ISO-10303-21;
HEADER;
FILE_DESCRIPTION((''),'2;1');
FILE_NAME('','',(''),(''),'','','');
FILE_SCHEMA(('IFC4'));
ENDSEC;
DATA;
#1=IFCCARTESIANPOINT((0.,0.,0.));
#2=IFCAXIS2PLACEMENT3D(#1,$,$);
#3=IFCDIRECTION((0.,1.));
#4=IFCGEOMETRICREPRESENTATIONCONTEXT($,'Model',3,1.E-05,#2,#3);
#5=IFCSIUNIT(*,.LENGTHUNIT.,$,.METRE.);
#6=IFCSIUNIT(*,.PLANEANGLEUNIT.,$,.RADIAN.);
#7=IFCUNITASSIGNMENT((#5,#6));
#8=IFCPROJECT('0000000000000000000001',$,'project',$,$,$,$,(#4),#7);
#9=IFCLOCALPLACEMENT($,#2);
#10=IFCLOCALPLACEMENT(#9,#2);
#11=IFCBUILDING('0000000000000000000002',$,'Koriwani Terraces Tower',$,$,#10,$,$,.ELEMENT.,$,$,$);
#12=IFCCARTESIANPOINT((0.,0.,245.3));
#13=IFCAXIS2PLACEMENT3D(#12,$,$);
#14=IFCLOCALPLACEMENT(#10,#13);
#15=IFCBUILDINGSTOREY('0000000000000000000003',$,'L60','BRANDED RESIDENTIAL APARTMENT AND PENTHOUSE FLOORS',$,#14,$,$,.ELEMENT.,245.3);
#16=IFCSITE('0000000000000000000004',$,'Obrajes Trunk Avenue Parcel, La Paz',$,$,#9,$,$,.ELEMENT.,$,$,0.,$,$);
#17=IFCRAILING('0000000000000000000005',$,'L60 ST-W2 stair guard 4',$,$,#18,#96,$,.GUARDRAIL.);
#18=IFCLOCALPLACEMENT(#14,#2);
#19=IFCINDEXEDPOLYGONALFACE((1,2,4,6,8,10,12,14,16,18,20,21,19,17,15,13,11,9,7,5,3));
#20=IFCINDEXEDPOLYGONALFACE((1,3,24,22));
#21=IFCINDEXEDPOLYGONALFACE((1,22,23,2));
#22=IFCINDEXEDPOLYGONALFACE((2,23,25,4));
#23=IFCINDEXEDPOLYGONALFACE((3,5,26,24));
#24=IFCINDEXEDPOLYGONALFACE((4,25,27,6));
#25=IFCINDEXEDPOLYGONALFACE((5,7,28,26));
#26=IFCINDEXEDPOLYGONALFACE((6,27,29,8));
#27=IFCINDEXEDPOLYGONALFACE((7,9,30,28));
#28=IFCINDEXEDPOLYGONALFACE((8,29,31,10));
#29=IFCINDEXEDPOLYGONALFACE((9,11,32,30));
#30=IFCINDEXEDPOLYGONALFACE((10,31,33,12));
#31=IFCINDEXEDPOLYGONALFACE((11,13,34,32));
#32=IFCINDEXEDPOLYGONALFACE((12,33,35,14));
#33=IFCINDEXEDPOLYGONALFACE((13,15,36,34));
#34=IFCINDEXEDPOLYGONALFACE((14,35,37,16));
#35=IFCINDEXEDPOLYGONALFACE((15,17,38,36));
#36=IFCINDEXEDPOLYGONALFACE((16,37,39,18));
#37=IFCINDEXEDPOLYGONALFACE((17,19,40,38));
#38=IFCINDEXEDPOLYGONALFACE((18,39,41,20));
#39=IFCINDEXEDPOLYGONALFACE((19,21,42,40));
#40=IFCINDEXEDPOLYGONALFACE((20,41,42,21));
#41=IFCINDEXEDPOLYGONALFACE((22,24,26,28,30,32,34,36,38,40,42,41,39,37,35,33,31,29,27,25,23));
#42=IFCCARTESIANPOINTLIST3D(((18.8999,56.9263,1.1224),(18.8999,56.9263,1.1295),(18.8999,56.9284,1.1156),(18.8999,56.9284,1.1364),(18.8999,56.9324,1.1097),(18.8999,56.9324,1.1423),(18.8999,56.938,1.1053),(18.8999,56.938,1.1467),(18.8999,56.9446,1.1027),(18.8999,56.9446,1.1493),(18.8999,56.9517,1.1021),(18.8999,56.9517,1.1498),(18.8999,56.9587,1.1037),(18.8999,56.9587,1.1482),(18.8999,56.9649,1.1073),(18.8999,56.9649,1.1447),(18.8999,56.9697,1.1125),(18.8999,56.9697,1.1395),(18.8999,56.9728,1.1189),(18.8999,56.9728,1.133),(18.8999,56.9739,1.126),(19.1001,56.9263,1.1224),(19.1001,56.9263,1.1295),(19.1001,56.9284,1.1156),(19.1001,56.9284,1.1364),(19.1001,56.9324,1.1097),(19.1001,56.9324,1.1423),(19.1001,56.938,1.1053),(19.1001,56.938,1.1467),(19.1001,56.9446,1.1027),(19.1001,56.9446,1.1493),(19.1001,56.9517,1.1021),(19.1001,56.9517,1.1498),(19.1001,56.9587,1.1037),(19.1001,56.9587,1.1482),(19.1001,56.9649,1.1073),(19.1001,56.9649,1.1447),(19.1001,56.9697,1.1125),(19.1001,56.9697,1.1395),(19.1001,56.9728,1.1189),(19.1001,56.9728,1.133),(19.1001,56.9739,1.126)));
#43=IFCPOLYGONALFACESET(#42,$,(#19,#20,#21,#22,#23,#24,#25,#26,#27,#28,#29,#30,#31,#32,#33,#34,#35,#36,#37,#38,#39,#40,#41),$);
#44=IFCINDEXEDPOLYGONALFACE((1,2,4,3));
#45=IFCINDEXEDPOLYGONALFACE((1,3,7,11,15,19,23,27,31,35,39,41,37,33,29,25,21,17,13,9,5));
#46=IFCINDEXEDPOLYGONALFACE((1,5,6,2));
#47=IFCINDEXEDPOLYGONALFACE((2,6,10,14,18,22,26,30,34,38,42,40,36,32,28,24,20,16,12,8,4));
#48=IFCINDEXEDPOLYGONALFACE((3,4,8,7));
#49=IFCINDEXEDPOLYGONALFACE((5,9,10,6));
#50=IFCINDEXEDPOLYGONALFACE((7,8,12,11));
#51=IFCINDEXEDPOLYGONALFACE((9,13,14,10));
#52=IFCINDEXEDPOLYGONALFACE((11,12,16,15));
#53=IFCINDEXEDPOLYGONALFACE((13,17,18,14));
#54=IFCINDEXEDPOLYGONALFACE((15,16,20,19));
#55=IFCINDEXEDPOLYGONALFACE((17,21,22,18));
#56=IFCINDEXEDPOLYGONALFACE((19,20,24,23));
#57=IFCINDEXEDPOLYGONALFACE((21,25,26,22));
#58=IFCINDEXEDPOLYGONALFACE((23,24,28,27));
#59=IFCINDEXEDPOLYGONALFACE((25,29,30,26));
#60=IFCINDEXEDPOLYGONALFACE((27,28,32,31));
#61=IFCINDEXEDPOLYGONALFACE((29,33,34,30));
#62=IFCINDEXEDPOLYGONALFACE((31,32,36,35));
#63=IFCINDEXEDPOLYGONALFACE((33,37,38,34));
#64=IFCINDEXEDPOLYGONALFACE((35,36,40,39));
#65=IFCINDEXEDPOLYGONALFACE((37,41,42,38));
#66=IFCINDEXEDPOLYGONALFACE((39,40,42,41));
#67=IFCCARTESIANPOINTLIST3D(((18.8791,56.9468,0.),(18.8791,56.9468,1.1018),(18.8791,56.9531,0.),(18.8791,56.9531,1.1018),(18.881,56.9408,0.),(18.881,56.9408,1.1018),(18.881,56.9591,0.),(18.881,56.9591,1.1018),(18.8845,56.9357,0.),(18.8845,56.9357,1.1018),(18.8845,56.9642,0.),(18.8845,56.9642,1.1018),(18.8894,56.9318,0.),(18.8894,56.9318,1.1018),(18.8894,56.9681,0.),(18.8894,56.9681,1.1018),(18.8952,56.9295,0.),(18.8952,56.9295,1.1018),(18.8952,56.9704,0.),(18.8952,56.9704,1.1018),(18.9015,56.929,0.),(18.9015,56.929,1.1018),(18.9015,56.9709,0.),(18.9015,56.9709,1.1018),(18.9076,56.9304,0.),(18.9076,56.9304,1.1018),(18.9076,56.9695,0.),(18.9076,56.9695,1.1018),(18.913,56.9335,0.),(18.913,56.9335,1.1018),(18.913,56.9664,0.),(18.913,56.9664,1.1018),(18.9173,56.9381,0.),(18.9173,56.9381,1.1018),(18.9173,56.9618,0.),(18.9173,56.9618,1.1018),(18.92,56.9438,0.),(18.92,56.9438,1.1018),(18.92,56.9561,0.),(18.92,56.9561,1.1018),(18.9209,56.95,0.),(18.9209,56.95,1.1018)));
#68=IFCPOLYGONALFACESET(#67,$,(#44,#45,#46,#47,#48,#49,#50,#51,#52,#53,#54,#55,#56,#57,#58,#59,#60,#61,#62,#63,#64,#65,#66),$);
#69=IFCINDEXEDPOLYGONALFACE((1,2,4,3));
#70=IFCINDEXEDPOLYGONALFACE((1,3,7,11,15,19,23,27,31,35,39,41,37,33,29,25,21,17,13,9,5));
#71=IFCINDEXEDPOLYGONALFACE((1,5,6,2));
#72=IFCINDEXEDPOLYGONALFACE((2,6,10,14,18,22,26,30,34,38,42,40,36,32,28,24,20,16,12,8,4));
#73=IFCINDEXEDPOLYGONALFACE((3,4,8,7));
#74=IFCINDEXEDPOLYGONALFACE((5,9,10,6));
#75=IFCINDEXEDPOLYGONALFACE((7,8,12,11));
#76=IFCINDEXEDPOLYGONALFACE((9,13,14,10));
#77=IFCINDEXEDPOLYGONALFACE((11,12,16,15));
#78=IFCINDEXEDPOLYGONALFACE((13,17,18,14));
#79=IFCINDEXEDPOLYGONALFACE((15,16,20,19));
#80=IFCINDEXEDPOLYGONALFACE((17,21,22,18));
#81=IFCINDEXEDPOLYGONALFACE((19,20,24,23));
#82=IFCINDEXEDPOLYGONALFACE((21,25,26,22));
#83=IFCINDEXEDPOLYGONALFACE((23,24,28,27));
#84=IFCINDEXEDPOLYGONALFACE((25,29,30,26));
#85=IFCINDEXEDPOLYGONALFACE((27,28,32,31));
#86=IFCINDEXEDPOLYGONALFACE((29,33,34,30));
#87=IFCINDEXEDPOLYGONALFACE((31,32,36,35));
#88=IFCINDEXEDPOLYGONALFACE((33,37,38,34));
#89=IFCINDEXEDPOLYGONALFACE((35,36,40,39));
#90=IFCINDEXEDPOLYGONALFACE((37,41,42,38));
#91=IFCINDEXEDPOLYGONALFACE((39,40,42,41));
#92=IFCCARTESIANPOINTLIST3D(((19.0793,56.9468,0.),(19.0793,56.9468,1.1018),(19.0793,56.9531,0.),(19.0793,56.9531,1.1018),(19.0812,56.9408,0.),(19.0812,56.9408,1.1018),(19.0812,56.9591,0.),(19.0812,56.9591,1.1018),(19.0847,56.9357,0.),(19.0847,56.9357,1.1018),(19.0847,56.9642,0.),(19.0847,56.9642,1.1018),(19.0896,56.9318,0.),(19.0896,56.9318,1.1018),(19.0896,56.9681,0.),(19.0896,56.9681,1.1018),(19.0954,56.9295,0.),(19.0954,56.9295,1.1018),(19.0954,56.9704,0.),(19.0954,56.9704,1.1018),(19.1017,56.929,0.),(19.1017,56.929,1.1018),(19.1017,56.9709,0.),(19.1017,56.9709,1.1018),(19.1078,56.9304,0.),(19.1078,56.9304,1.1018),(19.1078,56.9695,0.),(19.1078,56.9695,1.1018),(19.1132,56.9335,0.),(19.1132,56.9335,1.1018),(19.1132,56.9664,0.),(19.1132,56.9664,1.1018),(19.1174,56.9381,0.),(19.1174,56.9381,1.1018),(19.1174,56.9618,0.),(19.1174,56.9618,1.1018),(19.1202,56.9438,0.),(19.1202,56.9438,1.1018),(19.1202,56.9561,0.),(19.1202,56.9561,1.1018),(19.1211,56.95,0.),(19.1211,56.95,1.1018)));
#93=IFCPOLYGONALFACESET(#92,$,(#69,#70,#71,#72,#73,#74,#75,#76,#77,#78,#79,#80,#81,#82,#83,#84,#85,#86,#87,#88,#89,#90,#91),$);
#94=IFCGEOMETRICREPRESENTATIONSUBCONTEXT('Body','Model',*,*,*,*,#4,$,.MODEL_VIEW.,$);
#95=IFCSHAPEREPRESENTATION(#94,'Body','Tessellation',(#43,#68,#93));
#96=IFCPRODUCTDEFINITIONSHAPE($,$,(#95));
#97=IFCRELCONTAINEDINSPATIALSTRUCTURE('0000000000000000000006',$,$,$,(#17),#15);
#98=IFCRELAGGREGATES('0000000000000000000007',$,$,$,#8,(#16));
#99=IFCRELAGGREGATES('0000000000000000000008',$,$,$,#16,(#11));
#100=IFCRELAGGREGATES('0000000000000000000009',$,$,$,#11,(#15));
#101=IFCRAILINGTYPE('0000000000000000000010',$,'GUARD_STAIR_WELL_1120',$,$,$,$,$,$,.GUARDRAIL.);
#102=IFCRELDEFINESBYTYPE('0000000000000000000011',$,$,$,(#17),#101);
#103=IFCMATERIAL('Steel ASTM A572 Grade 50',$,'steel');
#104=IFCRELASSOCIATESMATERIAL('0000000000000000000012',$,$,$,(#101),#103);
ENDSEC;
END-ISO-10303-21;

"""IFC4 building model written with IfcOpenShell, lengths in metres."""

from ifc_helpers import new_model, si_unit, direction, frame, origin, origin_2d, place, context, subcontext, project, spatial, circle, extrude, material, type_object, element, save


model = new_model("IFC4")

# Units and contexts
model_context = context("Model", 3, precision=1e-05, world=origin(), true_north=direction((0.0, 1.0)))
body_context = subcontext(model_context, "Body", "Model", "MODEL_VIEW")
ifc_project = project(units=[si_unit("LENGTHUNIT", "METRE"), si_unit("PLANEANGLEUNIT", "RADIAN")], contexts=[model_context])

# Site, building, storey
site_placement = place(None, origin())
site = spatial("IfcSite", under=ifc_project, at=site_placement, Name="Obrajes Trunk Avenue Parcel, La Paz", CompositionType="ELEMENT", RefElevation=0.0)
building_placement = place(site_placement, origin())
building = spatial("IfcBuilding", under=site, at=building_placement, Name="Koriwani Terraces Tower", CompositionType="ELEMENT")
storey_placement = place(building_placement, frame((0.0, 0.0, 245.3)))
storey = spatial("IfcBuildingStorey", under=building, at=storey_placement, Name="L60", Description="BRANDED RESIDENTIAL APARTMENT AND PENTHOUSE FLOORS", CompositionType="ELEMENT", Elevation=245.3)

# Shared definitions
ifc_material_1 = material(Name="Steel ASTM A572 Grade 50", Category="steel")

# Railing
railing_type_1 = type_object("IfcRailingType", Name="GUARD_STAIR_WELL_1120", PredefinedType="GUARDRAIL", material=ifc_material_1)
railing_1_placement = place(storey_placement, frame((18.8999, 56.95, 0.0)))
element("IfcRailing", 1, at=railing_1_placement, inside=storey, type_object=railing_type_1, Name="L60 ST-W2 stair guard 4", PredefinedType="GUARDRAIL", context=body_context, shape_type="SweptSolid", body=[
    extrude(circle(Radius=0.0239, at=origin_2d()), frame((0.0, 0.0, 1.126), z_axis=(1.0, 0.0, 0.0), x_axis=(0.0, 1.0, 0.0)), (0.0, 0.0, 1.0), 0.2002),
    extrude(circle(Radius=0.021, at=origin_2d()), origin(), (0.0, 0.0, 1.0), 1.1018),
    extrude(circle(Radius=0.021, at=origin_2d()), frame((0.2002, 0.0, 0.0)), (0.0, 0.0, 1.0), 1.1018),
])

save(model, "model.ifc")
